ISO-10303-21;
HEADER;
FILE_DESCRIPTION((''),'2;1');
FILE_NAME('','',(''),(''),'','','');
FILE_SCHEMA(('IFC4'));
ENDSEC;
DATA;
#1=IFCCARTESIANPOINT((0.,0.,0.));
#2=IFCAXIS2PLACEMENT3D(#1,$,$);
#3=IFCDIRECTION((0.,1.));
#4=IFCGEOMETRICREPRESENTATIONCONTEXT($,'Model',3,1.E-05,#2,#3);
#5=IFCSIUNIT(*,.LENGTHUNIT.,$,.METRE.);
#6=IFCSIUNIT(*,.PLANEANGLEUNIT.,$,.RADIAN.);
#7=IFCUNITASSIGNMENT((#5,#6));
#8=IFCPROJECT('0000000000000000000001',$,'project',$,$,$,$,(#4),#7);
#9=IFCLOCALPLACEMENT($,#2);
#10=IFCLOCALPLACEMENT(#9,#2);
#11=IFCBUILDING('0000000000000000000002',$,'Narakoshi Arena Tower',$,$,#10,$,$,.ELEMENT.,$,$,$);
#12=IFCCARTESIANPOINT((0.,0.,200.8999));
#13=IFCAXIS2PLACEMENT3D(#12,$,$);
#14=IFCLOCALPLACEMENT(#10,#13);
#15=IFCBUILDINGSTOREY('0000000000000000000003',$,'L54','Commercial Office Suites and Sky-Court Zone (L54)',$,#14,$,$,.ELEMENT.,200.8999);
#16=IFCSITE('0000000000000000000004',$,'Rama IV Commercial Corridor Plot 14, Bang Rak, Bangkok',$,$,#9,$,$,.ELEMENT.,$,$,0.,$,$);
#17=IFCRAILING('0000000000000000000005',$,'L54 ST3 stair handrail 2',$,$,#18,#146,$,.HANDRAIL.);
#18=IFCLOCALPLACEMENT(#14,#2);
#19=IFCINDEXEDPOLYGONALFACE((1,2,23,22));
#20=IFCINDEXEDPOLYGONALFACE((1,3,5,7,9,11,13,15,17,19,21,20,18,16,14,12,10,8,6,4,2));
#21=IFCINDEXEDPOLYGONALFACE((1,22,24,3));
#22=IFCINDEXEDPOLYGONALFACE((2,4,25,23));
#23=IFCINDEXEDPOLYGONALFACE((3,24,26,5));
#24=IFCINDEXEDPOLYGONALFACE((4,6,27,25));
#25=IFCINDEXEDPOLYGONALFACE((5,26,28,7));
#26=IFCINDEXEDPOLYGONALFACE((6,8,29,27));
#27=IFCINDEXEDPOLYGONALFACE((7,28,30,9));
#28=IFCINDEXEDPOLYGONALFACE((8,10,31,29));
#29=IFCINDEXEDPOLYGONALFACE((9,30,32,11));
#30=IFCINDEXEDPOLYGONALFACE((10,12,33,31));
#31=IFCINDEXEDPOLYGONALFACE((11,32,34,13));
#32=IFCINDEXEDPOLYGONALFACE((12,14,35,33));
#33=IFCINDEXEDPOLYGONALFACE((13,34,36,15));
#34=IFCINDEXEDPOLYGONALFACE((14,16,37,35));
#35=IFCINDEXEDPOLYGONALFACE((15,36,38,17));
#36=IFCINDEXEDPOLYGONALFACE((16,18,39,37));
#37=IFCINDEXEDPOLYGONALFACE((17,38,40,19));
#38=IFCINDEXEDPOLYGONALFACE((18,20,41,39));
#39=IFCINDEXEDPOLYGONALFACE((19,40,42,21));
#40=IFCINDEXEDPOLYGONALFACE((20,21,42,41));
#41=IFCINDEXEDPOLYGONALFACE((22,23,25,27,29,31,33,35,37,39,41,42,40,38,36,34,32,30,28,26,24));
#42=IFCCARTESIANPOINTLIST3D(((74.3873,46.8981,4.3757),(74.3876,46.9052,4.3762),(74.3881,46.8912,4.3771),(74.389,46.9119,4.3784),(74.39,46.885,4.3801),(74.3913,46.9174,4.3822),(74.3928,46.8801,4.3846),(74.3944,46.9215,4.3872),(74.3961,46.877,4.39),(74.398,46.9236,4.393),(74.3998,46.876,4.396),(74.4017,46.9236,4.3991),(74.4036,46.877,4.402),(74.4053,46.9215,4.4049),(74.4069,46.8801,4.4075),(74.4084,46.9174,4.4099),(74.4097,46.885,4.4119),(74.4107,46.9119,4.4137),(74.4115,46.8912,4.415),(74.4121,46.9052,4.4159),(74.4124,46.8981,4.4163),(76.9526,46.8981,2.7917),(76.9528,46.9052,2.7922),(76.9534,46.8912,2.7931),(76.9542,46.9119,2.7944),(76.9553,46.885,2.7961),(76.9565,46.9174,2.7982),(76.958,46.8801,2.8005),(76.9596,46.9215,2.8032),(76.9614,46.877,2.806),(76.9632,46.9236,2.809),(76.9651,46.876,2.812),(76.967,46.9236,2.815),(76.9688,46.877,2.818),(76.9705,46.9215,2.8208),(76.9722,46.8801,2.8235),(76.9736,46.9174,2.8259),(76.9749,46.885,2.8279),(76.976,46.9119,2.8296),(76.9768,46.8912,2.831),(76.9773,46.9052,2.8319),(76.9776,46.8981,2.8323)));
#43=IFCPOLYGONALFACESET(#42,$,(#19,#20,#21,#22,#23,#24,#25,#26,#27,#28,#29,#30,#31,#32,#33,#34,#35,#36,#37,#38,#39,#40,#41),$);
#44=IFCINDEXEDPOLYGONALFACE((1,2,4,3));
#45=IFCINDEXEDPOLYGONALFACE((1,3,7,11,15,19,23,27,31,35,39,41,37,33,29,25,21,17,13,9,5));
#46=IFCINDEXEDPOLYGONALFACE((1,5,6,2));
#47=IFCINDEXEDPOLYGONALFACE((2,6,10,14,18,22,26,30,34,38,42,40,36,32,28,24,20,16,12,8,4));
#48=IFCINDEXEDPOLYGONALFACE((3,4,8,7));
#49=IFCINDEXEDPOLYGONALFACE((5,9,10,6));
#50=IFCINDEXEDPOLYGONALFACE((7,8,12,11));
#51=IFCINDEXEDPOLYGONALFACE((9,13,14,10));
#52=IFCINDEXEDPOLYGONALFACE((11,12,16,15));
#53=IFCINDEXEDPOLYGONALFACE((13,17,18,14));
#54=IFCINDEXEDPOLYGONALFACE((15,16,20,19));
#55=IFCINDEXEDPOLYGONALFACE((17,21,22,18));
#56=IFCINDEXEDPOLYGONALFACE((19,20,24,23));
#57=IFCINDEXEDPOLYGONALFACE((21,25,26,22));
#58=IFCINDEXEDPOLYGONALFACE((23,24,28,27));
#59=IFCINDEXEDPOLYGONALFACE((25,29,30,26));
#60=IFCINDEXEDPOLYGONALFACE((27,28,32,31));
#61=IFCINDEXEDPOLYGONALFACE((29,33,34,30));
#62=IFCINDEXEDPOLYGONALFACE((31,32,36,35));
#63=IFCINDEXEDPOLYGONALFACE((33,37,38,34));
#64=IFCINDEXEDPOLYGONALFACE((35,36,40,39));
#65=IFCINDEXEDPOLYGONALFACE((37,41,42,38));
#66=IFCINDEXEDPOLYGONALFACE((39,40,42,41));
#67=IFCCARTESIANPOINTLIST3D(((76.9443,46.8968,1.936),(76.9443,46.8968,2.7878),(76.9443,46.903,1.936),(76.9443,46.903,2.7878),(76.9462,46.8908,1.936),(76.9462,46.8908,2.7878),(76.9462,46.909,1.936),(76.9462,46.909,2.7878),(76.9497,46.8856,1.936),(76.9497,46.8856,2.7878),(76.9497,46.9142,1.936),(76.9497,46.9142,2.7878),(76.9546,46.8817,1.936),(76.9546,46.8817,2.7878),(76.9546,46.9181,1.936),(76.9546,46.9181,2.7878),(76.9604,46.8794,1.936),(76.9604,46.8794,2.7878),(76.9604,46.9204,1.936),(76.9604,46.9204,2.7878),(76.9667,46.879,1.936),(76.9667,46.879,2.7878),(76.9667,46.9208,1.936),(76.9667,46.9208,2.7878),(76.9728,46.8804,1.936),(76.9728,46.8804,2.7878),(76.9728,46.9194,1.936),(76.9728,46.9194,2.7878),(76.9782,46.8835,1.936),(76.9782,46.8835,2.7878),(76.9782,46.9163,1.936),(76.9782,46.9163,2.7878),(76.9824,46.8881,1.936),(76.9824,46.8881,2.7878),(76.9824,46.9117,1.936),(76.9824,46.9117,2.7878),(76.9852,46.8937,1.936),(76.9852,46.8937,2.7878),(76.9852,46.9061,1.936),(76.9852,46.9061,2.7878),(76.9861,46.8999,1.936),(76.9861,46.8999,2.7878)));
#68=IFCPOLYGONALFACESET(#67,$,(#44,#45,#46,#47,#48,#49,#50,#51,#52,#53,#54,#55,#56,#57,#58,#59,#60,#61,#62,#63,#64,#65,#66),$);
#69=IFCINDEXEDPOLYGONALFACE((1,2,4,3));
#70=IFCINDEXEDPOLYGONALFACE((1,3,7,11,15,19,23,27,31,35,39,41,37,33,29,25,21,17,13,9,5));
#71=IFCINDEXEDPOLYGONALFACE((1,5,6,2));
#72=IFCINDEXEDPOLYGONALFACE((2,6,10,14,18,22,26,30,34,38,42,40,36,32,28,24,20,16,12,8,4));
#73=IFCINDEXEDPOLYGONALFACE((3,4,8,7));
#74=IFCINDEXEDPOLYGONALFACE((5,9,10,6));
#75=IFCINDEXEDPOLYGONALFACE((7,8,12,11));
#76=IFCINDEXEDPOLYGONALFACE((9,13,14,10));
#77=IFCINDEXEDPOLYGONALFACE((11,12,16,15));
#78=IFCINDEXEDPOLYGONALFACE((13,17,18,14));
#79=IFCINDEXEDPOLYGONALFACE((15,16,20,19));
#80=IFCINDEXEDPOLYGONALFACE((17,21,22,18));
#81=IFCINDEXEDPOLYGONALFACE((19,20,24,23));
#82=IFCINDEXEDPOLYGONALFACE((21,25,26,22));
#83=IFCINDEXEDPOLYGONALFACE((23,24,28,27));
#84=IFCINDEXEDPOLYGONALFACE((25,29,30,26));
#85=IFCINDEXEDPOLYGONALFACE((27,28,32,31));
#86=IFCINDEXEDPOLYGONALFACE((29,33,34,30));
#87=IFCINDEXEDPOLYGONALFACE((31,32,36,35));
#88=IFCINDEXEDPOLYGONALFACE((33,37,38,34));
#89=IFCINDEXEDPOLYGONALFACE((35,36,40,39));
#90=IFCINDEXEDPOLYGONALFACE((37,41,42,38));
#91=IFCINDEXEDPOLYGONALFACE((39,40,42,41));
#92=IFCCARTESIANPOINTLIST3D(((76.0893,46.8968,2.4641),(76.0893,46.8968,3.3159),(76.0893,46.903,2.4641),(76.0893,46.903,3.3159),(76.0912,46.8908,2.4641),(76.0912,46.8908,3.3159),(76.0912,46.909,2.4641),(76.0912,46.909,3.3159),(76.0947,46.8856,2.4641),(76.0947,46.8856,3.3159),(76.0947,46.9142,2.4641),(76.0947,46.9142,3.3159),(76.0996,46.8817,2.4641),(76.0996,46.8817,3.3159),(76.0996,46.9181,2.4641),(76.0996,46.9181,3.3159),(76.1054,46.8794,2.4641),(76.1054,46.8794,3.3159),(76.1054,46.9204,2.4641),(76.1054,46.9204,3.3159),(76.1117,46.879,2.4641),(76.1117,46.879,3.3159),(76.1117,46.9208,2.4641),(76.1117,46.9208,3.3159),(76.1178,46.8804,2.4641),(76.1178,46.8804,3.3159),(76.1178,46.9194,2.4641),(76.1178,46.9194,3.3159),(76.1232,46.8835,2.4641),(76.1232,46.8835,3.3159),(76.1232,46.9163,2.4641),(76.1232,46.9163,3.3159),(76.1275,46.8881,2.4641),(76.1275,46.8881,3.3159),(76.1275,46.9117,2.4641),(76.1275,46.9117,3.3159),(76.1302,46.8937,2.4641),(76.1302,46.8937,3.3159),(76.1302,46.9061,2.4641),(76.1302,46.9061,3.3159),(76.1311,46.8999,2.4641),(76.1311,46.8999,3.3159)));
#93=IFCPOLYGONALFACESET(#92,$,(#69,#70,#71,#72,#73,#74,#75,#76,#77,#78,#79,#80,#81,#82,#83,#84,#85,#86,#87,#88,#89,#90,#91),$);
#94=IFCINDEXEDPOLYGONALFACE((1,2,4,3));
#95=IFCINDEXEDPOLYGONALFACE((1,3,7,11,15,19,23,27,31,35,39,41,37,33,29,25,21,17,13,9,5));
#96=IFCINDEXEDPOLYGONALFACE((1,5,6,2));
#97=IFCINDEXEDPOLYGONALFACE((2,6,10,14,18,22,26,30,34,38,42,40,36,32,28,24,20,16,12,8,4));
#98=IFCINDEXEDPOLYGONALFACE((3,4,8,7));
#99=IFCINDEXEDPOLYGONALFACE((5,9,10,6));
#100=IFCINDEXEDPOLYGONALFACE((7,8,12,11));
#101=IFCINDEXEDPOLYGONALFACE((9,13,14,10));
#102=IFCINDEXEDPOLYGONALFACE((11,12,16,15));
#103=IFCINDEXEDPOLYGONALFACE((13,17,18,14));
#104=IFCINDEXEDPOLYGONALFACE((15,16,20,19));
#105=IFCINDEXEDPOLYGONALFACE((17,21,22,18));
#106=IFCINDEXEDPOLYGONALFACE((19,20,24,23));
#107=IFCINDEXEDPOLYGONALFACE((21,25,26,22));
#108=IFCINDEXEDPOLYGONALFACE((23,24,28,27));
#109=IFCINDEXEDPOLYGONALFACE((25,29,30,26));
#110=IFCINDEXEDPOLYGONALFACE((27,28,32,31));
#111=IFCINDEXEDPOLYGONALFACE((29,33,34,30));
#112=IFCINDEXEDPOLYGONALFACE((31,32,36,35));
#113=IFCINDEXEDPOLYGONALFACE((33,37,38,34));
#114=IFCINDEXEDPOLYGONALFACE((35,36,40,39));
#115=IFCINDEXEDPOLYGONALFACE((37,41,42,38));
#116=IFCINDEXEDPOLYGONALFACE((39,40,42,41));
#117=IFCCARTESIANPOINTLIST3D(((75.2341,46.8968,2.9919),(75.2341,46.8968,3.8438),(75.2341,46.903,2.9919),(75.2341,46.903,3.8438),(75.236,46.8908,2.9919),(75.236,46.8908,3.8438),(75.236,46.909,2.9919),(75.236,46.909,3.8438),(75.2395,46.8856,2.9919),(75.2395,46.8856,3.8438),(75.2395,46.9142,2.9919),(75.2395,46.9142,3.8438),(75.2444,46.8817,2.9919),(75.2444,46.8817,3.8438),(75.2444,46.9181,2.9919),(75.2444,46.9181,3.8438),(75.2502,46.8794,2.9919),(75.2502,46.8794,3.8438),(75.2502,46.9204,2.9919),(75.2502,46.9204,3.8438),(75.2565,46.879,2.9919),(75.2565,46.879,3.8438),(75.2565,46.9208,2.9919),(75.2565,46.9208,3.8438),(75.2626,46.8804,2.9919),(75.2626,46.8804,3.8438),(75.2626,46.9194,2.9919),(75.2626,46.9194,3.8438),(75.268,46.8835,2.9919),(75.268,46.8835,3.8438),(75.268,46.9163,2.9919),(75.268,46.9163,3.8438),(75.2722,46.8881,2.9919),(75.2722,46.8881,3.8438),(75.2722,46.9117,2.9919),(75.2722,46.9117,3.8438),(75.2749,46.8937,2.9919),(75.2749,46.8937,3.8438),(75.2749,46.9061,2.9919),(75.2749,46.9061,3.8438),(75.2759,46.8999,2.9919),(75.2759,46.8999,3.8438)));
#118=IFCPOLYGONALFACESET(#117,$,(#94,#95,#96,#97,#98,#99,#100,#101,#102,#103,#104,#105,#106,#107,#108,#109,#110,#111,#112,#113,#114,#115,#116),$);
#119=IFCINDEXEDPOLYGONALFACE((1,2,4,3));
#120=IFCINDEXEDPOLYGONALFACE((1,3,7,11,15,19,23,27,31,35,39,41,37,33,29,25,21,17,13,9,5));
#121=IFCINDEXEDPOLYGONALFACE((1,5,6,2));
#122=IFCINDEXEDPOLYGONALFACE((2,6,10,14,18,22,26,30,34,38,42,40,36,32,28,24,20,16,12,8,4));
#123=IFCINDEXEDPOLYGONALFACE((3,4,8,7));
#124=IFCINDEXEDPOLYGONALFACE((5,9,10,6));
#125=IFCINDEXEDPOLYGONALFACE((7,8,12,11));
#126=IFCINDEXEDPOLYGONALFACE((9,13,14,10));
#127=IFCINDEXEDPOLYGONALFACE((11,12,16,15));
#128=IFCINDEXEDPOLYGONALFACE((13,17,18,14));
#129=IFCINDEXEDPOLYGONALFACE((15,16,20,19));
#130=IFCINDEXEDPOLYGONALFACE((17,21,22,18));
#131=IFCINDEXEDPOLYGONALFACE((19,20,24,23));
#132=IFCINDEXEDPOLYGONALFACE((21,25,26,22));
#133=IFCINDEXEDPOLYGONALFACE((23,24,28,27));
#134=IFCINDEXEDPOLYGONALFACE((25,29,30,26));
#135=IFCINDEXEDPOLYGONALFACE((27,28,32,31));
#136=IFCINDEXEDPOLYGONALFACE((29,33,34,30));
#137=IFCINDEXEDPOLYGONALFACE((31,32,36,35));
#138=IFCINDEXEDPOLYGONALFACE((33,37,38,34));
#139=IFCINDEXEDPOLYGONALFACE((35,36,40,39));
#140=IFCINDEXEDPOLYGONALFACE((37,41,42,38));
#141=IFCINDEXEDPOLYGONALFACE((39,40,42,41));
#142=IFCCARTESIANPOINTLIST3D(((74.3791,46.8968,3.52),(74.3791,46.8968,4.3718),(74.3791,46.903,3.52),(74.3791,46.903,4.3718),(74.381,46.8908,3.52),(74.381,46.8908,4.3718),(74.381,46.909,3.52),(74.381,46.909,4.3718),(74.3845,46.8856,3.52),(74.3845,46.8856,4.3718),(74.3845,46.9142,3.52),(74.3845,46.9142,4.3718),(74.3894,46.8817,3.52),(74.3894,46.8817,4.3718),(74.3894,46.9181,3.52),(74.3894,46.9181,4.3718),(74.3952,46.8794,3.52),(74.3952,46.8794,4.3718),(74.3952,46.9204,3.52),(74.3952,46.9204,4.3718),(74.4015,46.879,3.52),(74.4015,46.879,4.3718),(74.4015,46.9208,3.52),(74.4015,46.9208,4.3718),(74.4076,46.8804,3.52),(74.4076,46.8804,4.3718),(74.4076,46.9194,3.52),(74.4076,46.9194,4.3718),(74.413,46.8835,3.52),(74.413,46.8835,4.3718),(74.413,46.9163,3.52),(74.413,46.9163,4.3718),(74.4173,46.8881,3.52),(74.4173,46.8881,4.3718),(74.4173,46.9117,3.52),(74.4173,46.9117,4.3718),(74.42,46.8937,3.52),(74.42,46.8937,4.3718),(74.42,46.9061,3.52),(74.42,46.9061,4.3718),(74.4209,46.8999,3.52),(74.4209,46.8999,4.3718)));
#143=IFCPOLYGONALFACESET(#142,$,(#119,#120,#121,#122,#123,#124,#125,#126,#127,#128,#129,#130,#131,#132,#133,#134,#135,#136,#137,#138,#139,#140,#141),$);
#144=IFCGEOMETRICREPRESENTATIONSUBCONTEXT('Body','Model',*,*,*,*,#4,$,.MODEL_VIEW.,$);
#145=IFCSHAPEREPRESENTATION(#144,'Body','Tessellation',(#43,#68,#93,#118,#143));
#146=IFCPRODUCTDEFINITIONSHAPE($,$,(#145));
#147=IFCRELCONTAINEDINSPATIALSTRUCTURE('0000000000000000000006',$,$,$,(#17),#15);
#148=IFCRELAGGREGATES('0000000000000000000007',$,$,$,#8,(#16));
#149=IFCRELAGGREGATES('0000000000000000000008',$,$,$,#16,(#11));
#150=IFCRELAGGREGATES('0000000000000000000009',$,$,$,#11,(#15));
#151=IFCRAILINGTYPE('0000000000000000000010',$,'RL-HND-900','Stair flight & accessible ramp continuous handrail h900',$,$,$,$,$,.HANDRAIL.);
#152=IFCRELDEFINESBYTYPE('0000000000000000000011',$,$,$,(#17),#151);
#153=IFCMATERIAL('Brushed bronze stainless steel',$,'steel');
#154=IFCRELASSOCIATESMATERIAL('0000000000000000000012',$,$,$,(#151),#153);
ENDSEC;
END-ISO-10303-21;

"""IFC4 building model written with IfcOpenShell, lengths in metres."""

from ifc_helpers import new_model, si_unit, direction, frame, origin, origin_2d, place, context, subcontext, project, spatial, circle, extrude, material, type_object, element, save


model = new_model("IFC4")

# Units and contexts
model_context = context("Model", 3, precision=1e-05, world=origin(), true_north=direction((0.0, 1.0)))
body_context = subcontext(model_context, "Body", "Model", "MODEL_VIEW")
ifc_project = project(units=[si_unit("LENGTHUNIT", "METRE"), si_unit("PLANEANGLEUNIT", "RADIAN")], contexts=[model_context])

# Site, building, storey
site_placement = place(None, origin())
site = spatial("IfcSite", under=ifc_project, at=site_placement, Name="Rama IV Commercial Corridor Plot 14, Bang Rak, Bangkok", CompositionType="ELEMENT", RefElevation=0.0)
building_placement = place(site_placement, origin())
building = spatial("IfcBuilding", under=site, at=building_placement, Name="Narakoshi Arena Tower", CompositionType="ELEMENT")
storey_placement = place(building_placement, frame((0.0, 0.0, 200.8999)))
storey = spatial("IfcBuildingStorey", under=building, at=storey_placement, Name="L54", Description="Commercial Office Suites and Sky-Court Zone (L54)", CompositionType="ELEMENT", Elevation=200.8999)

# Railing
ifc_material_1 = material(Name="Brushed bronze stainless steel", Category="steel")
railing_type_1 = type_object("IfcRailingType", Name="RL-HND-900", Description="Stair flight & accessible ramp continuous handrail h900", PredefinedType="HANDRAIL", material=ifc_material_1)
railing_1_placement = place(storey_placement, frame((76.9651, 46.8999, 1.936)))
element("IfcRailing", 1, at=railing_1_placement, inside=storey, type_object=railing_type_1, Name="L54 ST3 stair handrail 2", PredefinedType="HANDRAIL", context=body_context, shape_type="SweptSolid", body=[
    extrude(circle(Radius=0.0239, at=origin_2d()), frame((0.0, 0.0, 0.876), z_axis=(-0.850857, 0.0, 0.525398), x_axis=(0.0, -1.0, 0.0)), (0.0, 0.0, 1.0), 3.0149),
    extrude(circle(Radius=0.021, at=origin_2d()), origin(), (0.0, 0.0, 1.0), 0.8518),
    extrude(circle(Radius=0.021, at=origin_2d()), frame((-0.855, 0.0, 0.5281)), (0.0, 0.0, 1.0), 0.8518),
    extrude(circle(Radius=0.021, at=origin_2d()), frame((-1.7102, 0.0, 1.0559)), (0.0, 0.0, 1.0), 0.8518),
    extrude(circle(Radius=0.021, at=origin_2d()), frame((-2.5652, 0.0, 1.584)), (0.0, 0.0, 1.0), 0.8518),
])

save(model, "model.ifc")
